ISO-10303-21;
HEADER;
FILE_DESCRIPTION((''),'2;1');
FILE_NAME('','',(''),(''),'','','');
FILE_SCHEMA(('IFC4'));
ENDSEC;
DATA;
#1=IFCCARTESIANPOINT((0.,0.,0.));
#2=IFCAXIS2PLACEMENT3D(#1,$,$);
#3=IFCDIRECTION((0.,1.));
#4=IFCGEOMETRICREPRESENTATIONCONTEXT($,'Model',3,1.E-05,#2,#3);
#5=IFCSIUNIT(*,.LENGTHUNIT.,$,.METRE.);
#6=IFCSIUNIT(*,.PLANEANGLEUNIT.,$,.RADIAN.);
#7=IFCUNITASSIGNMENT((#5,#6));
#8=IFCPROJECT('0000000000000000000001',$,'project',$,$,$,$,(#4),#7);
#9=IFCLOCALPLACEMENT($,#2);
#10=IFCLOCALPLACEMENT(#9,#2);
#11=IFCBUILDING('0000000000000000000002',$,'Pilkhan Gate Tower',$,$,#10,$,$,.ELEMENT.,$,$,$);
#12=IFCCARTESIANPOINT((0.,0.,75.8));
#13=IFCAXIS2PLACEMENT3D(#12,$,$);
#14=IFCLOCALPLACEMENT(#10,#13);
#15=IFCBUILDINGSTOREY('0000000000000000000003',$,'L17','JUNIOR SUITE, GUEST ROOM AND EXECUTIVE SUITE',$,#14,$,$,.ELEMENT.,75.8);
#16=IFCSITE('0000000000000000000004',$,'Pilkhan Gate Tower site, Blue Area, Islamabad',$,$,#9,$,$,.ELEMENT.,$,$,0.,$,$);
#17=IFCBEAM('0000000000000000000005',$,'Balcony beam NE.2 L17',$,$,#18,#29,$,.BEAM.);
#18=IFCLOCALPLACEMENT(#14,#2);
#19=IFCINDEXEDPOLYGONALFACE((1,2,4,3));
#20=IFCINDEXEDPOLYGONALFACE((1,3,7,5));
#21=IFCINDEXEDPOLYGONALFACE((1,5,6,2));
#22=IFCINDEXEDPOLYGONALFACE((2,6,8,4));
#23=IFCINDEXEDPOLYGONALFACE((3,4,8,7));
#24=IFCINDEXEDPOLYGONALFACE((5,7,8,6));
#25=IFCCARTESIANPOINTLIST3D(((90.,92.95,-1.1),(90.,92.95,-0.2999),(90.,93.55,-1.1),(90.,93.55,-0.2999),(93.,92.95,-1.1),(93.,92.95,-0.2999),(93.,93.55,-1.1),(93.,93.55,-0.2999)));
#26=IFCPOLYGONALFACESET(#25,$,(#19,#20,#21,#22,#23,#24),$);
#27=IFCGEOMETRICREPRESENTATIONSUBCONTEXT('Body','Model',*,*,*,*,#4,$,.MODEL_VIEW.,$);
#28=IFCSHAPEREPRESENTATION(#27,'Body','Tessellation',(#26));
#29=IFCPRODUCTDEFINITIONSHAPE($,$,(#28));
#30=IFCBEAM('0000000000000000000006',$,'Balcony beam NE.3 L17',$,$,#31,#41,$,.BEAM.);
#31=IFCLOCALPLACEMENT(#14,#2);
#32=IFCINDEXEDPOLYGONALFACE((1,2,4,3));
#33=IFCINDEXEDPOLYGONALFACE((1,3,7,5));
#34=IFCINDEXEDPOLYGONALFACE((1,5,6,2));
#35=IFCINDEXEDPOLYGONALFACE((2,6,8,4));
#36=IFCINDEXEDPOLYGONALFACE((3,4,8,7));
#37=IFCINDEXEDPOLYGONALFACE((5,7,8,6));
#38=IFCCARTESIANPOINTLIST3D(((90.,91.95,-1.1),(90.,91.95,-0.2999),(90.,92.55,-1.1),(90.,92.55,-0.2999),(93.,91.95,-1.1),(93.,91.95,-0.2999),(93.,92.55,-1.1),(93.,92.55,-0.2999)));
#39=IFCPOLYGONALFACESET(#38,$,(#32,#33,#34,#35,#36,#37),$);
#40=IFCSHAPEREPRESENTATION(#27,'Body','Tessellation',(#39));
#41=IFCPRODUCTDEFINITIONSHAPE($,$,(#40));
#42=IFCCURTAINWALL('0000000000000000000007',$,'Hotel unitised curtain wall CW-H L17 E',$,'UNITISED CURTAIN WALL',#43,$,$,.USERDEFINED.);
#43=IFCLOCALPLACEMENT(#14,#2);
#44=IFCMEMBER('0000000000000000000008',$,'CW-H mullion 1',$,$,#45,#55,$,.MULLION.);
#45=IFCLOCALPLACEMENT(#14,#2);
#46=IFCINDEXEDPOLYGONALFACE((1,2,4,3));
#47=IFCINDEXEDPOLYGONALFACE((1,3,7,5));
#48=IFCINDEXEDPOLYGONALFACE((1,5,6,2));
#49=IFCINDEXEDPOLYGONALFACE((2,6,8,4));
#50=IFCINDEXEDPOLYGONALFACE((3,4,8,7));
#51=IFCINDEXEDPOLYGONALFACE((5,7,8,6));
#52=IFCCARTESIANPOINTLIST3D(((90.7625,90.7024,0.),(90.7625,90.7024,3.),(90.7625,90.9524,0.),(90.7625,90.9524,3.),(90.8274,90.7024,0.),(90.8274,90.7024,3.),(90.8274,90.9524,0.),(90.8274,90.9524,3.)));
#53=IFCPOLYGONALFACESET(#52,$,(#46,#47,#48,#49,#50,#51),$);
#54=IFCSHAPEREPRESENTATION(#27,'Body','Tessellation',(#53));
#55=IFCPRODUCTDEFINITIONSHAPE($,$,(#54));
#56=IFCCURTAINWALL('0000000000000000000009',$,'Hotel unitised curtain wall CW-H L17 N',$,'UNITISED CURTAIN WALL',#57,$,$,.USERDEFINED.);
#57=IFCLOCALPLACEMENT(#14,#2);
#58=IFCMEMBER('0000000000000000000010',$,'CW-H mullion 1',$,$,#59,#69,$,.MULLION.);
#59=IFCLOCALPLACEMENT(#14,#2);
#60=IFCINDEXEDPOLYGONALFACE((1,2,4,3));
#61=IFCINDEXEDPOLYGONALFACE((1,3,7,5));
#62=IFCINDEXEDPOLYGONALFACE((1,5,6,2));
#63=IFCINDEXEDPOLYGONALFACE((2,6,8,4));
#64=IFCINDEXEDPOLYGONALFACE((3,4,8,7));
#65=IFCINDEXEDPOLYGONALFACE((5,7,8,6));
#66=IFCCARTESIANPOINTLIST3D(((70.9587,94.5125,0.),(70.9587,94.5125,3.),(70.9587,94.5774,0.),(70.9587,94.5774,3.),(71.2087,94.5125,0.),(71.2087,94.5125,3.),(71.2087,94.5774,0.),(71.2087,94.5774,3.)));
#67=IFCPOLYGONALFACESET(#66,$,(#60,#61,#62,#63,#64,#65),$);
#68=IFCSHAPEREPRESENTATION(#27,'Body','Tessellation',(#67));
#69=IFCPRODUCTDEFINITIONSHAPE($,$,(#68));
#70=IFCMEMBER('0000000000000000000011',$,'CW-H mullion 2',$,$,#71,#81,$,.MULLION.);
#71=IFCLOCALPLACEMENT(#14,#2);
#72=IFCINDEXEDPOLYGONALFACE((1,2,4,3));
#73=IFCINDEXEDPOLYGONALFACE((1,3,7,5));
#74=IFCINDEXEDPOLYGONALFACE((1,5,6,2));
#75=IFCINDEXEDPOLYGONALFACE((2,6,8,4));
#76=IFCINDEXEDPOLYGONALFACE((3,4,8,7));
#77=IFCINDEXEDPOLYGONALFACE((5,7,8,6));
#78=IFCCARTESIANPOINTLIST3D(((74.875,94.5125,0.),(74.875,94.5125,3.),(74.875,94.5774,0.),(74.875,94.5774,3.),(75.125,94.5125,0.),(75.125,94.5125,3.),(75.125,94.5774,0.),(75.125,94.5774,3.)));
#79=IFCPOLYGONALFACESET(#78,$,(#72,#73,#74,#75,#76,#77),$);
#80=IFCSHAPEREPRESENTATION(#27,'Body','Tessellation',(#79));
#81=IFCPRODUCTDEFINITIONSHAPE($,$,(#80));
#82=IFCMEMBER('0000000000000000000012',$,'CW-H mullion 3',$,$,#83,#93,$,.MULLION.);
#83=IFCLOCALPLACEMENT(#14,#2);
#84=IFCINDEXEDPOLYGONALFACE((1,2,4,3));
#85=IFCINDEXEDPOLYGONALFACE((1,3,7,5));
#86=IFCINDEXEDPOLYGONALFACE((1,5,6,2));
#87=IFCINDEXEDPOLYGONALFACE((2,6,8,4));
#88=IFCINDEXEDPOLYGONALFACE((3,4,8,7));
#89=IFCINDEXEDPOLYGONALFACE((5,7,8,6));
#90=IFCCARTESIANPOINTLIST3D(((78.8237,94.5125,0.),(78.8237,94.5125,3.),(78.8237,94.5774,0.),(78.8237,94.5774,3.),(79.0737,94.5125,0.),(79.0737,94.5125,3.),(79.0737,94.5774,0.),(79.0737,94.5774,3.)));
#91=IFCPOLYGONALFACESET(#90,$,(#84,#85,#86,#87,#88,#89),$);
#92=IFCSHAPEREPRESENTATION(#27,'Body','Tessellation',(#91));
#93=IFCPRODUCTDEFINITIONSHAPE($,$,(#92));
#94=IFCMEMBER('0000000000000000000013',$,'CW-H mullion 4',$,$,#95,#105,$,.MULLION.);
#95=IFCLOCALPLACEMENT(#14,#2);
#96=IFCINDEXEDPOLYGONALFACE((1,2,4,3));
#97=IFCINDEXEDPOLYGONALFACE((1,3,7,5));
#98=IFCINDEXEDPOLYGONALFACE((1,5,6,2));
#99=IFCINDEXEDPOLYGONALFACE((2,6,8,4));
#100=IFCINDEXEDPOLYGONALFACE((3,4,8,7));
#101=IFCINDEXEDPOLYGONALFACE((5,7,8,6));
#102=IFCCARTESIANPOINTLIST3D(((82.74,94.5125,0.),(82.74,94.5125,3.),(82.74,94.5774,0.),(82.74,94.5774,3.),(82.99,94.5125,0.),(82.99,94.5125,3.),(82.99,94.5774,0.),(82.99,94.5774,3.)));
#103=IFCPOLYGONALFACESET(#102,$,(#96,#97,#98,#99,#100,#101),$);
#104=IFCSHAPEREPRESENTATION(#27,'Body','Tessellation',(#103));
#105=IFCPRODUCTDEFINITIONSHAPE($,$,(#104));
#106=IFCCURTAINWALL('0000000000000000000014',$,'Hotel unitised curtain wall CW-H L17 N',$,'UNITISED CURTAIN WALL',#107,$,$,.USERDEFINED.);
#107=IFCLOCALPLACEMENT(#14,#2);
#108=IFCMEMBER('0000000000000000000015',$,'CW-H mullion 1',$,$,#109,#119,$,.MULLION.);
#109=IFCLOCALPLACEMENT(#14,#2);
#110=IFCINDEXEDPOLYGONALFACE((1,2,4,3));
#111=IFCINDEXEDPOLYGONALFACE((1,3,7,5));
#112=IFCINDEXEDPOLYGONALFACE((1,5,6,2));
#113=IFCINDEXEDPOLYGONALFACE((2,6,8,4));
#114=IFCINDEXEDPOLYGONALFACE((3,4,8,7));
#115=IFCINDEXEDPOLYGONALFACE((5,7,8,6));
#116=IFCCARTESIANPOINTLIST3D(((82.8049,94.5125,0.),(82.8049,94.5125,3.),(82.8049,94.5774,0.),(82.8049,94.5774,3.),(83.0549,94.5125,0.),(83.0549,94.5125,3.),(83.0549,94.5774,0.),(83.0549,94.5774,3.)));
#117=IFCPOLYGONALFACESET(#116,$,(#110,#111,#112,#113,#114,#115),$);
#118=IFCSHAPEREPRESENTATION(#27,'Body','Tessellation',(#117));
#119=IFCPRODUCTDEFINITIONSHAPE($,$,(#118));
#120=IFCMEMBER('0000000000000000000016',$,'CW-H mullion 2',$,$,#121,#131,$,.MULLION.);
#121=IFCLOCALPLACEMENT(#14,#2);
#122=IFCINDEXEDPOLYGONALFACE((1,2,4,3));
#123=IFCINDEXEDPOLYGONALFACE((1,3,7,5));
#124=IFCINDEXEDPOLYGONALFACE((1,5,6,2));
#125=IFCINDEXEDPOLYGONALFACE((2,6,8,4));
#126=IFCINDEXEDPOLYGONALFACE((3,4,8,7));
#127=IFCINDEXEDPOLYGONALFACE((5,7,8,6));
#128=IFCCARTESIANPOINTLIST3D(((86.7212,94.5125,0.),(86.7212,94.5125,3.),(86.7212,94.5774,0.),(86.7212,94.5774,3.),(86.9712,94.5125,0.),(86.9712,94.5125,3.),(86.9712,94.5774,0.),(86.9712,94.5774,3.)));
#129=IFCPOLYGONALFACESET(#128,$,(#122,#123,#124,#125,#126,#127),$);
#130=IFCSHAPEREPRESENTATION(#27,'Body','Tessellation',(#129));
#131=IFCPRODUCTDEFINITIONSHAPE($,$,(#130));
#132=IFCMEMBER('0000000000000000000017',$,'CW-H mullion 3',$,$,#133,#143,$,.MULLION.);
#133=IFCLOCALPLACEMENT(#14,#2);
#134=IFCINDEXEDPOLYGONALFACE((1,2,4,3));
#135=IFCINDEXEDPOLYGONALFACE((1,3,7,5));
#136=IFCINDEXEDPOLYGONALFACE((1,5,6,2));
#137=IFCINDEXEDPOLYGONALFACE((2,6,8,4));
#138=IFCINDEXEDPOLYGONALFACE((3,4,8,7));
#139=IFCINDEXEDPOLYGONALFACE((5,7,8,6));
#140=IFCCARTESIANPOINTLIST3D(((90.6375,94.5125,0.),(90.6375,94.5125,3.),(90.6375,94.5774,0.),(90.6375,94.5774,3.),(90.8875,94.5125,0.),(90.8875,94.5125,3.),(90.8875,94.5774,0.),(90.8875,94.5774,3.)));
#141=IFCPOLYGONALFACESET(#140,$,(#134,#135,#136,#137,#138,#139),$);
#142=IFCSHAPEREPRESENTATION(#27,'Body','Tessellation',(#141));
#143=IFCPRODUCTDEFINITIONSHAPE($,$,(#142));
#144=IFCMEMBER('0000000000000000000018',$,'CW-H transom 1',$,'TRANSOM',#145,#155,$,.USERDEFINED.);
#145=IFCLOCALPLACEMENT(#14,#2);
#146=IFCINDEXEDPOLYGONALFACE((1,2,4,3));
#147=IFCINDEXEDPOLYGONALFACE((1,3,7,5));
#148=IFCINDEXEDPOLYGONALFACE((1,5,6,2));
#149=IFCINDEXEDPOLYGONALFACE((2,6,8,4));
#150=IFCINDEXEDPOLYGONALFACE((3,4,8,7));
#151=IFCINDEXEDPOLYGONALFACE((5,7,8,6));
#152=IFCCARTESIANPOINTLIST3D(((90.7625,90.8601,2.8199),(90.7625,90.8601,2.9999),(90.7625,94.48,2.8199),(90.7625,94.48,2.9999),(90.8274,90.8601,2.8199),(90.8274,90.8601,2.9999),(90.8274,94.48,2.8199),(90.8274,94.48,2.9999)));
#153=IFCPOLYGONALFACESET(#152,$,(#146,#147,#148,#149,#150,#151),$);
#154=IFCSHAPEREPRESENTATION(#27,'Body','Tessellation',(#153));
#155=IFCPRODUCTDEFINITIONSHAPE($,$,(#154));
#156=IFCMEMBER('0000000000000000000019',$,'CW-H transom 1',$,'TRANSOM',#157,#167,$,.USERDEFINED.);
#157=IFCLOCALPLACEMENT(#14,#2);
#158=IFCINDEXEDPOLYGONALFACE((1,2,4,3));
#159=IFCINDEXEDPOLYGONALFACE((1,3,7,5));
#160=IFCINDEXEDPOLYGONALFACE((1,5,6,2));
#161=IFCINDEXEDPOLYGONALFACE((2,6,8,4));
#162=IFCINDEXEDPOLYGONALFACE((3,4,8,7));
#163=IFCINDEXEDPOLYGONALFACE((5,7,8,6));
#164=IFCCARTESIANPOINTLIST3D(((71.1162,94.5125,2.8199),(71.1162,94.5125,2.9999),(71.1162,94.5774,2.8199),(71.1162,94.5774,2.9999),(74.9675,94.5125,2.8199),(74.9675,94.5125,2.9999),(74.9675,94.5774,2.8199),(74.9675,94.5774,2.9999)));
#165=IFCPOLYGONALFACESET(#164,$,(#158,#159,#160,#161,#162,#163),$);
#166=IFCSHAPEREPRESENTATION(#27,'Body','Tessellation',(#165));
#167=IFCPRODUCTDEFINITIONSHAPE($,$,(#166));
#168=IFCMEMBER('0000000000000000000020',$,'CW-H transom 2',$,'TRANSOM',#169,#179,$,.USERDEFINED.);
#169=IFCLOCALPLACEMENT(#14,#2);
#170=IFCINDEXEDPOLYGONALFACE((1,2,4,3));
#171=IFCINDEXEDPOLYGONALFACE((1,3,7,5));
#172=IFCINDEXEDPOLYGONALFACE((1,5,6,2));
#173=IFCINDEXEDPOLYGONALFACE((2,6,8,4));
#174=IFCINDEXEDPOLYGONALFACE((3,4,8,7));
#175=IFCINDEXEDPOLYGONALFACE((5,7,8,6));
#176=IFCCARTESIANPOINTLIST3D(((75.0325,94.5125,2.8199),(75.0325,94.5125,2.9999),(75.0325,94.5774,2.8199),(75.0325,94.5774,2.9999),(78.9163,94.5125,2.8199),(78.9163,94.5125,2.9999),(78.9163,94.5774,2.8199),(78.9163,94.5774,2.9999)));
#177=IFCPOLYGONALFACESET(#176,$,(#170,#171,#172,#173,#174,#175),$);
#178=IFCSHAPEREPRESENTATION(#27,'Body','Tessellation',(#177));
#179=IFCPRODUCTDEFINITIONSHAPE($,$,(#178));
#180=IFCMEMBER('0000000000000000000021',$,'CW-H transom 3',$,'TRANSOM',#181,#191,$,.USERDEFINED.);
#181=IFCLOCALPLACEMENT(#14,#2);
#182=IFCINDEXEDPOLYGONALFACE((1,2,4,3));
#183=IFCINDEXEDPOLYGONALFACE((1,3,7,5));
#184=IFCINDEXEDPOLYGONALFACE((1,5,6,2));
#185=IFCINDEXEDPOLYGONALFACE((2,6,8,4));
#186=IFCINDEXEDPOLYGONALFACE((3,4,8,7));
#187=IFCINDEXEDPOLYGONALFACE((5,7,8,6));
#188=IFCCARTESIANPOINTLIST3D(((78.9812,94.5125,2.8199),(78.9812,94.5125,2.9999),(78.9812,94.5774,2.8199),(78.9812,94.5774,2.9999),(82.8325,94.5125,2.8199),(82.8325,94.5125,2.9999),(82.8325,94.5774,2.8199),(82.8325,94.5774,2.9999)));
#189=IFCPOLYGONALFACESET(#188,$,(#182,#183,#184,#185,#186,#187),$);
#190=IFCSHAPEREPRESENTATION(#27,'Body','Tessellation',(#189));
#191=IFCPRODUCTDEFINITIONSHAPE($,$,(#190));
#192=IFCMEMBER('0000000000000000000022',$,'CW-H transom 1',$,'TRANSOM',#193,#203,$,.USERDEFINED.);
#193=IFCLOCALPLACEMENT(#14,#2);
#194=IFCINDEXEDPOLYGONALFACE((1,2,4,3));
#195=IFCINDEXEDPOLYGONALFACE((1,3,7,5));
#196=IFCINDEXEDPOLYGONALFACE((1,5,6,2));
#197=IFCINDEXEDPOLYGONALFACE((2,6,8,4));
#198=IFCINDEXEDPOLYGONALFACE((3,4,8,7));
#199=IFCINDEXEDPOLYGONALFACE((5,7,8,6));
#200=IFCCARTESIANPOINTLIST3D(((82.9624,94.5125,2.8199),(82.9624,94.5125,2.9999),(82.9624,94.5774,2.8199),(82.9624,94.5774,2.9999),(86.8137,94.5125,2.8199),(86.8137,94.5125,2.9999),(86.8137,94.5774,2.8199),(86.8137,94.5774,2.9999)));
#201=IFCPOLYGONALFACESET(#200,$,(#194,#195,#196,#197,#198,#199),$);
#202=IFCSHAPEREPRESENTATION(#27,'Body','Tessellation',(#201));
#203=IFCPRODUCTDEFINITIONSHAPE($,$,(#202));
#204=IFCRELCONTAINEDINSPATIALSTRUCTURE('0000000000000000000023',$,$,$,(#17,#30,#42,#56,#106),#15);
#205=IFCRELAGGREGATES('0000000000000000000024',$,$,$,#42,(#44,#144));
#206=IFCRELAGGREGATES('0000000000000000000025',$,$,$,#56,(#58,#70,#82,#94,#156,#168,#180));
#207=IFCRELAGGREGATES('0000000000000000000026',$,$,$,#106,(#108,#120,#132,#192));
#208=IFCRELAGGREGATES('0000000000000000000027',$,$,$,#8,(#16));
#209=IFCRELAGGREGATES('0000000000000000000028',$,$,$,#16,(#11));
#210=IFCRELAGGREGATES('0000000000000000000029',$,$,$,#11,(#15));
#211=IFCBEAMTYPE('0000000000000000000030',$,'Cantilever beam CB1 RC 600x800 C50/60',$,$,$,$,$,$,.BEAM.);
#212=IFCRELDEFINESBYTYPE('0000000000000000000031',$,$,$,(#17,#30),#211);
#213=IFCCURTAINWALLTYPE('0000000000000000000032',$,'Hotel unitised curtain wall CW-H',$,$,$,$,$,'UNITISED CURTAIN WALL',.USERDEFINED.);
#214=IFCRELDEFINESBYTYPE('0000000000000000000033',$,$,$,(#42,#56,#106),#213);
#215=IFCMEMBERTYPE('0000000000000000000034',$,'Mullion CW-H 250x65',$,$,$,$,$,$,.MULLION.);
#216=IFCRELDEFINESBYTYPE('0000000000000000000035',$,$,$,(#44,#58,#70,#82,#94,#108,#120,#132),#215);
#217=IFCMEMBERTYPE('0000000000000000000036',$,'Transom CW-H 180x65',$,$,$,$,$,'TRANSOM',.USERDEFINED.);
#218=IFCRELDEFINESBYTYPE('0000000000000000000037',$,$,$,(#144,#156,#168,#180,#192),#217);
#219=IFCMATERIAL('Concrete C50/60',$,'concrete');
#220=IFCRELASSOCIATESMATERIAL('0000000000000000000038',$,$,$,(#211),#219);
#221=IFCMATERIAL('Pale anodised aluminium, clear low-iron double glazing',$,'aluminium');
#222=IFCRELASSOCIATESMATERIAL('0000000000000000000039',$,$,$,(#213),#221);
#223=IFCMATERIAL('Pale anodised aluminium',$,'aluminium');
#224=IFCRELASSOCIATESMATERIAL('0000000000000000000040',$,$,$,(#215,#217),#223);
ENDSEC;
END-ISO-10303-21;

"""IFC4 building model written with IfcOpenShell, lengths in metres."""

from ifc_helpers import new_model, si_unit, direction, frame, origin, origin_2d, place, context, subcontext, project, spatial, rectangle, extrude, material, material_profile, profile_set, type_object, element, aggregate, save


model = new_model("IFC4")

# Units and contexts
model_context = context("Model", 3, precision=1e-05, world=origin(), true_north=direction((0.0, 1.0)))
body_context = subcontext(model_context, "Body", "Model", "MODEL_VIEW")
ifc_project = project(units=[si_unit("LENGTHUNIT", "METRE"), si_unit("PLANEANGLEUNIT", "RADIAN")], contexts=[model_context])

# Site, building, storey
site_placement = place(None, origin())
site = spatial("IfcSite", under=ifc_project, at=site_placement, Name="Pilkhan Gate Tower site, Blue Area, Islamabad", CompositionType="ELEMENT", RefElevation=0.0)
building_placement = place(site_placement, origin())
building = spatial("IfcBuilding", under=site, at=building_placement, Name="Pilkhan Gate Tower", CompositionType="ELEMENT")
storey_placement = place(building_placement, frame((0.0, 0.0, 75.8)))
storey = spatial("IfcBuildingStorey", under=building, at=storey_placement, Name="L17", Description="JUNIOR SUITE, GUEST ROOM AND EXECUTIVE SUITE", CompositionType="ELEMENT", Elevation=75.8)

# Beams
ifc_material_1 = material(Name="Concrete C50/60", Category="concrete")
ifc_material_profile_1 = material_profile(ifc_material_1, rectangle(XDim=0.6001, YDim=0.8, at=origin_2d()), Name="RC 600x800")
ifc_profile_set_1 = profile_set([ifc_material_profile_1], Name="Concrete C50/60")
beam_type = type_object("IfcBeamType", Name="Cantilever beam CB1 RC 600x800 C50/60", PredefinedType="BEAM", material=ifc_profile_set_1)
for number, where, z_axis, x_axis, name in (
    (1, (90.0, 93.25, -0.7), (1.0, 0.0, 0.0), (0.0, 1.0, 0.0), "Balcony beam NE.2 L17"),
    (2, (90.0, 92.25, -0.7), (1.0, 0.0, 0.0), (0.0, 1.0, 0.0), "Balcony beam NE.3 L17"),
):
    element("IfcBeam", number, at=place(storey_placement, frame(where, z_axis=z_axis, x_axis=x_axis)), inside=storey, type_object=beam_type, Name=name, PredefinedType="BEAM", context=body_context, shape_type="SweptSolid", body=[
        extrude(rectangle(XDim=0.6001, YDim=0.8, at=origin_2d()), origin(), (0.0, 0.0, 1.0), 3.0),
    ])

# Curtain wall, member
ifc_material_2 = material(Name="Pale anodised aluminium, clear low-iron double glazing", Category="aluminium")
curtain_wall_type = type_object("IfcCurtainWallType", Name="Hotel unitised curtain wall CW-H", ElementType="UNITISED CURTAIN WALL", PredefinedType="USERDEFINED", material=ifc_material_2)
curtain_wall_1_placement = place(storey_placement, origin())
curtain_wall_1 = element("IfcCurtainWall", 3, at=curtain_wall_1_placement, inside=storey, type_object=curtain_wall_type, Name="Hotel unitised curtain wall CW-H L17 E", ObjectType="UNITISED CURTAIN WALL", PredefinedType="USERDEFINED")
ifc_material_3 = material(Name="Pale anodised aluminium", Category="aluminium")
ifc_material_profile_2 = material_profile(ifc_material_3, rectangle(XDim=0.0649, YDim=0.25, at=origin_2d()), Name="Mullion 250x65")
ifc_profile_set_2 = profile_set([ifc_material_profile_2], Name="Pale anodised aluminium")
member_type_1 = type_object("IfcMemberType", Name="Mullion CW-H 250x65", PredefinedType="MULLION", material=ifc_profile_set_2)
member_1_placement = place(storey_placement, frame((90.7949, 90.8274, 0.0), z_axis=(0.0, 0.0, 1.0), x_axis=(-1.0, 0.0, 0.0)))
member_1 = element("IfcMember", 4, at=member_1_placement, type_object=member_type_1, Name="CW-H mullion 1", PredefinedType="MULLION", context=body_context, shape_type="SweptSolid", body=[
    extrude(rectangle(XDim=0.0649, YDim=0.25, at=origin_2d()), origin(), (0.0, 0.0, 1.0), 3.0),
])

# Curtain walls, members
curtain_wall_2_placement = place(storey_placement, origin())
curtain_wall_2 = element("IfcCurtainWall", 5, at=curtain_wall_2_placement, inside=storey, type_object=curtain_wall_type, Name="Hotel unitised curtain wall CW-H L17 N", ObjectType="UNITISED CURTAIN WALL", PredefinedType="USERDEFINED")
member_2_placement = place(storey_placement, frame((71.0837, 94.5449, 0.0), z_axis=(0.0, 0.0, 1.0), x_axis=(0.0, 1.0, 0.0)))
member_2 = element("IfcMember", 6, at=member_2_placement, type_object=member_type_1, Name="CW-H mullion 1", PredefinedType="MULLION", context=body_context, shape_type="SweptSolid", body=[
    extrude(rectangle(XDim=0.0649, YDim=0.25, at=origin_2d()), origin(), (0.0, 0.0, 1.0), 3.0),
])
member_3_placement = place(storey_placement, frame((75.0, 94.5449, 0.0), z_axis=(0.0, 0.0, 1.0), x_axis=(0.0, 1.0, 0.0)))
member_3 = element("IfcMember", 7, at=member_3_placement, type_object=member_type_1, Name="CW-H mullion 2", PredefinedType="MULLION", context=body_context, shape_type="SweptSolid", body=[
    extrude(rectangle(XDim=0.0649, YDim=0.25, at=origin_2d()), origin(), (0.0, 0.0, 1.0), 3.0),
])
member_4_placement = place(storey_placement, frame((78.9487, 94.5449, 0.0), z_axis=(0.0, 0.0, 1.0), x_axis=(0.0, 1.0, 0.0)))
member_4 = element("IfcMember", 8, at=member_4_placement, type_object=member_type_1, Name="CW-H mullion 3", PredefinedType="MULLION", context=body_context, shape_type="SweptSolid", body=[
    extrude(rectangle(XDim=0.0649, YDim=0.25, at=origin_2d()), origin(), (0.0, 0.0, 1.0), 3.0),
])
member_5_placement = place(storey_placement, frame((82.865, 94.5449, 0.0), z_axis=(0.0, 0.0, 1.0), x_axis=(0.0, 1.0, 0.0)))
member_5 = element("IfcMember", 9, at=member_5_placement, type_object=member_type_1, Name="CW-H mullion 4", PredefinedType="MULLION", context=body_context, shape_type="SweptSolid", body=[
    extrude(rectangle(XDim=0.0649, YDim=0.25, at=origin_2d()), origin(), (0.0, 0.0, 1.0), 3.0),
])
curtain_wall_3_placement = place(storey_placement, origin())
curtain_wall_3 = element("IfcCurtainWall", 10, at=curtain_wall_3_placement, inside=storey, type_object=curtain_wall_type, Name="Hotel unitised curtain wall CW-H L17 N", ObjectType="UNITISED CURTAIN WALL", PredefinedType="USERDEFINED")
member_6_placement = place(storey_placement, frame((82.9299, 94.5449, 0.0), z_axis=(0.0, 0.0, 1.0), x_axis=(0.0, 1.0, 0.0)))
member_6 = element("IfcMember", 11, at=member_6_placement, type_object=member_type_1, Name="CW-H mullion 1", PredefinedType="MULLION", context=body_context, shape_type="SweptSolid", body=[
    extrude(rectangle(XDim=0.0649, YDim=0.25, at=origin_2d()), origin(), (0.0, 0.0, 1.0), 3.0),
])
member_7_placement = place(storey_placement, frame((86.8462, 94.5449, 0.0), z_axis=(0.0, 0.0, 1.0), x_axis=(0.0, 1.0, 0.0)))
member_7 = element("IfcMember", 12, at=member_7_placement, type_object=member_type_1, Name="CW-H mullion 2", PredefinedType="MULLION", context=body_context, shape_type="SweptSolid", body=[
    extrude(rectangle(XDim=0.0649, YDim=0.25, at=origin_2d()), origin(), (0.0, 0.0, 1.0), 3.0),
])
member_8_placement = place(storey_placement, frame((90.7625, 94.5449, 0.0), z_axis=(0.0, 0.0, 1.0), x_axis=(0.0, 1.0, 0.0)))
member_8 = element("IfcMember", 13, at=member_8_placement, type_object=member_type_1, Name="CW-H mullion 3", PredefinedType="MULLION", context=body_context, shape_type="SweptSolid", body=[
    extrude(rectangle(XDim=0.0649, YDim=0.25, at=origin_2d()), origin(), (0.0, 0.0, 1.0), 3.0),
])

# Members
ifc_material_profile_3 = material_profile(ifc_material_3, rectangle(XDim=0.0649, YDim=0.1799, at=origin_2d()), Name="Transom 180x65")
ifc_profile_set_3 = profile_set([ifc_material_profile_3], Name="Pale anodised aluminium")
member_type_2 = type_object("IfcMemberType", Name="Transom CW-H 180x65", ElementType="TRANSOM", PredefinedType="USERDEFINED", material=ifc_profile_set_3)
member_9_placement = place(storey_placement, frame((90.7949, 90.8601, 2.9099), z_axis=(0.0, 1.0, 0.0), x_axis=(-1.0, 0.0, 0.0)))
member_9 = element("IfcMember", 14, at=member_9_placement, type_object=member_type_2, Name="CW-H transom 1", ObjectType="TRANSOM", PredefinedType="USERDEFINED", context=body_context, shape_type="SweptSolid", body=[
    extrude(rectangle(XDim=0.0649, YDim=0.1799, at=origin_2d()), origin(), (0.0, 0.0, 1.0), 3.6199),
])
member_10_placement = place(storey_placement, frame((71.1162, 94.5449, 2.9099), z_axis=(1.0, 0.0, 0.0), x_axis=(0.0, 1.0, 0.0)))
member_10 = element("IfcMember", 15, at=member_10_placement, type_object=member_type_2, Name="CW-H transom 1", ObjectType="TRANSOM", PredefinedType="USERDEFINED", context=body_context, shape_type="SweptSolid", body=[
    extrude(rectangle(XDim=0.0649, YDim=0.1799, at=origin_2d()), origin(), (0.0, 0.0, 1.0), 3.8513),
])
member_11_placement = place(storey_placement, frame((75.0325, 94.5449, 2.9099), z_axis=(1.0, 0.0, 0.0), x_axis=(0.0, 1.0, 0.0)))
member_11 = element("IfcMember", 16, at=member_11_placement, type_object=member_type_2, Name="CW-H transom 2", ObjectType="TRANSOM", PredefinedType="USERDEFINED", context=body_context, shape_type="SweptSolid", body=[
    extrude(rectangle(XDim=0.0649, YDim=0.1799, at=origin_2d()), origin(), (0.0, 0.0, 1.0), 3.8838),
])
member_12_placement = place(storey_placement, frame((78.9812, 94.5449, 2.9099), z_axis=(1.0, 0.0, 0.0), x_axis=(0.0, 1.0, 0.0)))
member_12 = element("IfcMember", 17, at=member_12_placement, type_object=member_type_2, Name="CW-H transom 3", ObjectType="TRANSOM", PredefinedType="USERDEFINED", context=body_context, shape_type="SweptSolid", body=[
    extrude(rectangle(XDim=0.0649, YDim=0.1799, at=origin_2d()), origin(), (0.0, 0.0, 1.0), 3.8513),
])
member_13_placement = place(storey_placement, frame((82.9624, 94.5449, 2.9099), z_axis=(1.0, 0.0, 0.0), x_axis=(0.0, 1.0, 0.0)))
member_13 = element("IfcMember", 18, at=member_13_placement, type_object=member_type_2, Name="CW-H transom 1", ObjectType="TRANSOM", PredefinedType="USERDEFINED", context=body_context, shape_type="SweptSolid", body=[
    extrude(rectangle(XDim=0.0649, YDim=0.1799, at=origin_2d()), origin(), (0.0, 0.0, 1.0), 3.8513),
])

aggregate(curtain_wall_1, [member_1, member_9])
aggregate(curtain_wall_2, [member_2, member_3, member_4, member_5, member_10, member_11, member_12])
aggregate(curtain_wall_3, [member_6, member_7, member_8, member_13])

save(model, "model.ifc")
